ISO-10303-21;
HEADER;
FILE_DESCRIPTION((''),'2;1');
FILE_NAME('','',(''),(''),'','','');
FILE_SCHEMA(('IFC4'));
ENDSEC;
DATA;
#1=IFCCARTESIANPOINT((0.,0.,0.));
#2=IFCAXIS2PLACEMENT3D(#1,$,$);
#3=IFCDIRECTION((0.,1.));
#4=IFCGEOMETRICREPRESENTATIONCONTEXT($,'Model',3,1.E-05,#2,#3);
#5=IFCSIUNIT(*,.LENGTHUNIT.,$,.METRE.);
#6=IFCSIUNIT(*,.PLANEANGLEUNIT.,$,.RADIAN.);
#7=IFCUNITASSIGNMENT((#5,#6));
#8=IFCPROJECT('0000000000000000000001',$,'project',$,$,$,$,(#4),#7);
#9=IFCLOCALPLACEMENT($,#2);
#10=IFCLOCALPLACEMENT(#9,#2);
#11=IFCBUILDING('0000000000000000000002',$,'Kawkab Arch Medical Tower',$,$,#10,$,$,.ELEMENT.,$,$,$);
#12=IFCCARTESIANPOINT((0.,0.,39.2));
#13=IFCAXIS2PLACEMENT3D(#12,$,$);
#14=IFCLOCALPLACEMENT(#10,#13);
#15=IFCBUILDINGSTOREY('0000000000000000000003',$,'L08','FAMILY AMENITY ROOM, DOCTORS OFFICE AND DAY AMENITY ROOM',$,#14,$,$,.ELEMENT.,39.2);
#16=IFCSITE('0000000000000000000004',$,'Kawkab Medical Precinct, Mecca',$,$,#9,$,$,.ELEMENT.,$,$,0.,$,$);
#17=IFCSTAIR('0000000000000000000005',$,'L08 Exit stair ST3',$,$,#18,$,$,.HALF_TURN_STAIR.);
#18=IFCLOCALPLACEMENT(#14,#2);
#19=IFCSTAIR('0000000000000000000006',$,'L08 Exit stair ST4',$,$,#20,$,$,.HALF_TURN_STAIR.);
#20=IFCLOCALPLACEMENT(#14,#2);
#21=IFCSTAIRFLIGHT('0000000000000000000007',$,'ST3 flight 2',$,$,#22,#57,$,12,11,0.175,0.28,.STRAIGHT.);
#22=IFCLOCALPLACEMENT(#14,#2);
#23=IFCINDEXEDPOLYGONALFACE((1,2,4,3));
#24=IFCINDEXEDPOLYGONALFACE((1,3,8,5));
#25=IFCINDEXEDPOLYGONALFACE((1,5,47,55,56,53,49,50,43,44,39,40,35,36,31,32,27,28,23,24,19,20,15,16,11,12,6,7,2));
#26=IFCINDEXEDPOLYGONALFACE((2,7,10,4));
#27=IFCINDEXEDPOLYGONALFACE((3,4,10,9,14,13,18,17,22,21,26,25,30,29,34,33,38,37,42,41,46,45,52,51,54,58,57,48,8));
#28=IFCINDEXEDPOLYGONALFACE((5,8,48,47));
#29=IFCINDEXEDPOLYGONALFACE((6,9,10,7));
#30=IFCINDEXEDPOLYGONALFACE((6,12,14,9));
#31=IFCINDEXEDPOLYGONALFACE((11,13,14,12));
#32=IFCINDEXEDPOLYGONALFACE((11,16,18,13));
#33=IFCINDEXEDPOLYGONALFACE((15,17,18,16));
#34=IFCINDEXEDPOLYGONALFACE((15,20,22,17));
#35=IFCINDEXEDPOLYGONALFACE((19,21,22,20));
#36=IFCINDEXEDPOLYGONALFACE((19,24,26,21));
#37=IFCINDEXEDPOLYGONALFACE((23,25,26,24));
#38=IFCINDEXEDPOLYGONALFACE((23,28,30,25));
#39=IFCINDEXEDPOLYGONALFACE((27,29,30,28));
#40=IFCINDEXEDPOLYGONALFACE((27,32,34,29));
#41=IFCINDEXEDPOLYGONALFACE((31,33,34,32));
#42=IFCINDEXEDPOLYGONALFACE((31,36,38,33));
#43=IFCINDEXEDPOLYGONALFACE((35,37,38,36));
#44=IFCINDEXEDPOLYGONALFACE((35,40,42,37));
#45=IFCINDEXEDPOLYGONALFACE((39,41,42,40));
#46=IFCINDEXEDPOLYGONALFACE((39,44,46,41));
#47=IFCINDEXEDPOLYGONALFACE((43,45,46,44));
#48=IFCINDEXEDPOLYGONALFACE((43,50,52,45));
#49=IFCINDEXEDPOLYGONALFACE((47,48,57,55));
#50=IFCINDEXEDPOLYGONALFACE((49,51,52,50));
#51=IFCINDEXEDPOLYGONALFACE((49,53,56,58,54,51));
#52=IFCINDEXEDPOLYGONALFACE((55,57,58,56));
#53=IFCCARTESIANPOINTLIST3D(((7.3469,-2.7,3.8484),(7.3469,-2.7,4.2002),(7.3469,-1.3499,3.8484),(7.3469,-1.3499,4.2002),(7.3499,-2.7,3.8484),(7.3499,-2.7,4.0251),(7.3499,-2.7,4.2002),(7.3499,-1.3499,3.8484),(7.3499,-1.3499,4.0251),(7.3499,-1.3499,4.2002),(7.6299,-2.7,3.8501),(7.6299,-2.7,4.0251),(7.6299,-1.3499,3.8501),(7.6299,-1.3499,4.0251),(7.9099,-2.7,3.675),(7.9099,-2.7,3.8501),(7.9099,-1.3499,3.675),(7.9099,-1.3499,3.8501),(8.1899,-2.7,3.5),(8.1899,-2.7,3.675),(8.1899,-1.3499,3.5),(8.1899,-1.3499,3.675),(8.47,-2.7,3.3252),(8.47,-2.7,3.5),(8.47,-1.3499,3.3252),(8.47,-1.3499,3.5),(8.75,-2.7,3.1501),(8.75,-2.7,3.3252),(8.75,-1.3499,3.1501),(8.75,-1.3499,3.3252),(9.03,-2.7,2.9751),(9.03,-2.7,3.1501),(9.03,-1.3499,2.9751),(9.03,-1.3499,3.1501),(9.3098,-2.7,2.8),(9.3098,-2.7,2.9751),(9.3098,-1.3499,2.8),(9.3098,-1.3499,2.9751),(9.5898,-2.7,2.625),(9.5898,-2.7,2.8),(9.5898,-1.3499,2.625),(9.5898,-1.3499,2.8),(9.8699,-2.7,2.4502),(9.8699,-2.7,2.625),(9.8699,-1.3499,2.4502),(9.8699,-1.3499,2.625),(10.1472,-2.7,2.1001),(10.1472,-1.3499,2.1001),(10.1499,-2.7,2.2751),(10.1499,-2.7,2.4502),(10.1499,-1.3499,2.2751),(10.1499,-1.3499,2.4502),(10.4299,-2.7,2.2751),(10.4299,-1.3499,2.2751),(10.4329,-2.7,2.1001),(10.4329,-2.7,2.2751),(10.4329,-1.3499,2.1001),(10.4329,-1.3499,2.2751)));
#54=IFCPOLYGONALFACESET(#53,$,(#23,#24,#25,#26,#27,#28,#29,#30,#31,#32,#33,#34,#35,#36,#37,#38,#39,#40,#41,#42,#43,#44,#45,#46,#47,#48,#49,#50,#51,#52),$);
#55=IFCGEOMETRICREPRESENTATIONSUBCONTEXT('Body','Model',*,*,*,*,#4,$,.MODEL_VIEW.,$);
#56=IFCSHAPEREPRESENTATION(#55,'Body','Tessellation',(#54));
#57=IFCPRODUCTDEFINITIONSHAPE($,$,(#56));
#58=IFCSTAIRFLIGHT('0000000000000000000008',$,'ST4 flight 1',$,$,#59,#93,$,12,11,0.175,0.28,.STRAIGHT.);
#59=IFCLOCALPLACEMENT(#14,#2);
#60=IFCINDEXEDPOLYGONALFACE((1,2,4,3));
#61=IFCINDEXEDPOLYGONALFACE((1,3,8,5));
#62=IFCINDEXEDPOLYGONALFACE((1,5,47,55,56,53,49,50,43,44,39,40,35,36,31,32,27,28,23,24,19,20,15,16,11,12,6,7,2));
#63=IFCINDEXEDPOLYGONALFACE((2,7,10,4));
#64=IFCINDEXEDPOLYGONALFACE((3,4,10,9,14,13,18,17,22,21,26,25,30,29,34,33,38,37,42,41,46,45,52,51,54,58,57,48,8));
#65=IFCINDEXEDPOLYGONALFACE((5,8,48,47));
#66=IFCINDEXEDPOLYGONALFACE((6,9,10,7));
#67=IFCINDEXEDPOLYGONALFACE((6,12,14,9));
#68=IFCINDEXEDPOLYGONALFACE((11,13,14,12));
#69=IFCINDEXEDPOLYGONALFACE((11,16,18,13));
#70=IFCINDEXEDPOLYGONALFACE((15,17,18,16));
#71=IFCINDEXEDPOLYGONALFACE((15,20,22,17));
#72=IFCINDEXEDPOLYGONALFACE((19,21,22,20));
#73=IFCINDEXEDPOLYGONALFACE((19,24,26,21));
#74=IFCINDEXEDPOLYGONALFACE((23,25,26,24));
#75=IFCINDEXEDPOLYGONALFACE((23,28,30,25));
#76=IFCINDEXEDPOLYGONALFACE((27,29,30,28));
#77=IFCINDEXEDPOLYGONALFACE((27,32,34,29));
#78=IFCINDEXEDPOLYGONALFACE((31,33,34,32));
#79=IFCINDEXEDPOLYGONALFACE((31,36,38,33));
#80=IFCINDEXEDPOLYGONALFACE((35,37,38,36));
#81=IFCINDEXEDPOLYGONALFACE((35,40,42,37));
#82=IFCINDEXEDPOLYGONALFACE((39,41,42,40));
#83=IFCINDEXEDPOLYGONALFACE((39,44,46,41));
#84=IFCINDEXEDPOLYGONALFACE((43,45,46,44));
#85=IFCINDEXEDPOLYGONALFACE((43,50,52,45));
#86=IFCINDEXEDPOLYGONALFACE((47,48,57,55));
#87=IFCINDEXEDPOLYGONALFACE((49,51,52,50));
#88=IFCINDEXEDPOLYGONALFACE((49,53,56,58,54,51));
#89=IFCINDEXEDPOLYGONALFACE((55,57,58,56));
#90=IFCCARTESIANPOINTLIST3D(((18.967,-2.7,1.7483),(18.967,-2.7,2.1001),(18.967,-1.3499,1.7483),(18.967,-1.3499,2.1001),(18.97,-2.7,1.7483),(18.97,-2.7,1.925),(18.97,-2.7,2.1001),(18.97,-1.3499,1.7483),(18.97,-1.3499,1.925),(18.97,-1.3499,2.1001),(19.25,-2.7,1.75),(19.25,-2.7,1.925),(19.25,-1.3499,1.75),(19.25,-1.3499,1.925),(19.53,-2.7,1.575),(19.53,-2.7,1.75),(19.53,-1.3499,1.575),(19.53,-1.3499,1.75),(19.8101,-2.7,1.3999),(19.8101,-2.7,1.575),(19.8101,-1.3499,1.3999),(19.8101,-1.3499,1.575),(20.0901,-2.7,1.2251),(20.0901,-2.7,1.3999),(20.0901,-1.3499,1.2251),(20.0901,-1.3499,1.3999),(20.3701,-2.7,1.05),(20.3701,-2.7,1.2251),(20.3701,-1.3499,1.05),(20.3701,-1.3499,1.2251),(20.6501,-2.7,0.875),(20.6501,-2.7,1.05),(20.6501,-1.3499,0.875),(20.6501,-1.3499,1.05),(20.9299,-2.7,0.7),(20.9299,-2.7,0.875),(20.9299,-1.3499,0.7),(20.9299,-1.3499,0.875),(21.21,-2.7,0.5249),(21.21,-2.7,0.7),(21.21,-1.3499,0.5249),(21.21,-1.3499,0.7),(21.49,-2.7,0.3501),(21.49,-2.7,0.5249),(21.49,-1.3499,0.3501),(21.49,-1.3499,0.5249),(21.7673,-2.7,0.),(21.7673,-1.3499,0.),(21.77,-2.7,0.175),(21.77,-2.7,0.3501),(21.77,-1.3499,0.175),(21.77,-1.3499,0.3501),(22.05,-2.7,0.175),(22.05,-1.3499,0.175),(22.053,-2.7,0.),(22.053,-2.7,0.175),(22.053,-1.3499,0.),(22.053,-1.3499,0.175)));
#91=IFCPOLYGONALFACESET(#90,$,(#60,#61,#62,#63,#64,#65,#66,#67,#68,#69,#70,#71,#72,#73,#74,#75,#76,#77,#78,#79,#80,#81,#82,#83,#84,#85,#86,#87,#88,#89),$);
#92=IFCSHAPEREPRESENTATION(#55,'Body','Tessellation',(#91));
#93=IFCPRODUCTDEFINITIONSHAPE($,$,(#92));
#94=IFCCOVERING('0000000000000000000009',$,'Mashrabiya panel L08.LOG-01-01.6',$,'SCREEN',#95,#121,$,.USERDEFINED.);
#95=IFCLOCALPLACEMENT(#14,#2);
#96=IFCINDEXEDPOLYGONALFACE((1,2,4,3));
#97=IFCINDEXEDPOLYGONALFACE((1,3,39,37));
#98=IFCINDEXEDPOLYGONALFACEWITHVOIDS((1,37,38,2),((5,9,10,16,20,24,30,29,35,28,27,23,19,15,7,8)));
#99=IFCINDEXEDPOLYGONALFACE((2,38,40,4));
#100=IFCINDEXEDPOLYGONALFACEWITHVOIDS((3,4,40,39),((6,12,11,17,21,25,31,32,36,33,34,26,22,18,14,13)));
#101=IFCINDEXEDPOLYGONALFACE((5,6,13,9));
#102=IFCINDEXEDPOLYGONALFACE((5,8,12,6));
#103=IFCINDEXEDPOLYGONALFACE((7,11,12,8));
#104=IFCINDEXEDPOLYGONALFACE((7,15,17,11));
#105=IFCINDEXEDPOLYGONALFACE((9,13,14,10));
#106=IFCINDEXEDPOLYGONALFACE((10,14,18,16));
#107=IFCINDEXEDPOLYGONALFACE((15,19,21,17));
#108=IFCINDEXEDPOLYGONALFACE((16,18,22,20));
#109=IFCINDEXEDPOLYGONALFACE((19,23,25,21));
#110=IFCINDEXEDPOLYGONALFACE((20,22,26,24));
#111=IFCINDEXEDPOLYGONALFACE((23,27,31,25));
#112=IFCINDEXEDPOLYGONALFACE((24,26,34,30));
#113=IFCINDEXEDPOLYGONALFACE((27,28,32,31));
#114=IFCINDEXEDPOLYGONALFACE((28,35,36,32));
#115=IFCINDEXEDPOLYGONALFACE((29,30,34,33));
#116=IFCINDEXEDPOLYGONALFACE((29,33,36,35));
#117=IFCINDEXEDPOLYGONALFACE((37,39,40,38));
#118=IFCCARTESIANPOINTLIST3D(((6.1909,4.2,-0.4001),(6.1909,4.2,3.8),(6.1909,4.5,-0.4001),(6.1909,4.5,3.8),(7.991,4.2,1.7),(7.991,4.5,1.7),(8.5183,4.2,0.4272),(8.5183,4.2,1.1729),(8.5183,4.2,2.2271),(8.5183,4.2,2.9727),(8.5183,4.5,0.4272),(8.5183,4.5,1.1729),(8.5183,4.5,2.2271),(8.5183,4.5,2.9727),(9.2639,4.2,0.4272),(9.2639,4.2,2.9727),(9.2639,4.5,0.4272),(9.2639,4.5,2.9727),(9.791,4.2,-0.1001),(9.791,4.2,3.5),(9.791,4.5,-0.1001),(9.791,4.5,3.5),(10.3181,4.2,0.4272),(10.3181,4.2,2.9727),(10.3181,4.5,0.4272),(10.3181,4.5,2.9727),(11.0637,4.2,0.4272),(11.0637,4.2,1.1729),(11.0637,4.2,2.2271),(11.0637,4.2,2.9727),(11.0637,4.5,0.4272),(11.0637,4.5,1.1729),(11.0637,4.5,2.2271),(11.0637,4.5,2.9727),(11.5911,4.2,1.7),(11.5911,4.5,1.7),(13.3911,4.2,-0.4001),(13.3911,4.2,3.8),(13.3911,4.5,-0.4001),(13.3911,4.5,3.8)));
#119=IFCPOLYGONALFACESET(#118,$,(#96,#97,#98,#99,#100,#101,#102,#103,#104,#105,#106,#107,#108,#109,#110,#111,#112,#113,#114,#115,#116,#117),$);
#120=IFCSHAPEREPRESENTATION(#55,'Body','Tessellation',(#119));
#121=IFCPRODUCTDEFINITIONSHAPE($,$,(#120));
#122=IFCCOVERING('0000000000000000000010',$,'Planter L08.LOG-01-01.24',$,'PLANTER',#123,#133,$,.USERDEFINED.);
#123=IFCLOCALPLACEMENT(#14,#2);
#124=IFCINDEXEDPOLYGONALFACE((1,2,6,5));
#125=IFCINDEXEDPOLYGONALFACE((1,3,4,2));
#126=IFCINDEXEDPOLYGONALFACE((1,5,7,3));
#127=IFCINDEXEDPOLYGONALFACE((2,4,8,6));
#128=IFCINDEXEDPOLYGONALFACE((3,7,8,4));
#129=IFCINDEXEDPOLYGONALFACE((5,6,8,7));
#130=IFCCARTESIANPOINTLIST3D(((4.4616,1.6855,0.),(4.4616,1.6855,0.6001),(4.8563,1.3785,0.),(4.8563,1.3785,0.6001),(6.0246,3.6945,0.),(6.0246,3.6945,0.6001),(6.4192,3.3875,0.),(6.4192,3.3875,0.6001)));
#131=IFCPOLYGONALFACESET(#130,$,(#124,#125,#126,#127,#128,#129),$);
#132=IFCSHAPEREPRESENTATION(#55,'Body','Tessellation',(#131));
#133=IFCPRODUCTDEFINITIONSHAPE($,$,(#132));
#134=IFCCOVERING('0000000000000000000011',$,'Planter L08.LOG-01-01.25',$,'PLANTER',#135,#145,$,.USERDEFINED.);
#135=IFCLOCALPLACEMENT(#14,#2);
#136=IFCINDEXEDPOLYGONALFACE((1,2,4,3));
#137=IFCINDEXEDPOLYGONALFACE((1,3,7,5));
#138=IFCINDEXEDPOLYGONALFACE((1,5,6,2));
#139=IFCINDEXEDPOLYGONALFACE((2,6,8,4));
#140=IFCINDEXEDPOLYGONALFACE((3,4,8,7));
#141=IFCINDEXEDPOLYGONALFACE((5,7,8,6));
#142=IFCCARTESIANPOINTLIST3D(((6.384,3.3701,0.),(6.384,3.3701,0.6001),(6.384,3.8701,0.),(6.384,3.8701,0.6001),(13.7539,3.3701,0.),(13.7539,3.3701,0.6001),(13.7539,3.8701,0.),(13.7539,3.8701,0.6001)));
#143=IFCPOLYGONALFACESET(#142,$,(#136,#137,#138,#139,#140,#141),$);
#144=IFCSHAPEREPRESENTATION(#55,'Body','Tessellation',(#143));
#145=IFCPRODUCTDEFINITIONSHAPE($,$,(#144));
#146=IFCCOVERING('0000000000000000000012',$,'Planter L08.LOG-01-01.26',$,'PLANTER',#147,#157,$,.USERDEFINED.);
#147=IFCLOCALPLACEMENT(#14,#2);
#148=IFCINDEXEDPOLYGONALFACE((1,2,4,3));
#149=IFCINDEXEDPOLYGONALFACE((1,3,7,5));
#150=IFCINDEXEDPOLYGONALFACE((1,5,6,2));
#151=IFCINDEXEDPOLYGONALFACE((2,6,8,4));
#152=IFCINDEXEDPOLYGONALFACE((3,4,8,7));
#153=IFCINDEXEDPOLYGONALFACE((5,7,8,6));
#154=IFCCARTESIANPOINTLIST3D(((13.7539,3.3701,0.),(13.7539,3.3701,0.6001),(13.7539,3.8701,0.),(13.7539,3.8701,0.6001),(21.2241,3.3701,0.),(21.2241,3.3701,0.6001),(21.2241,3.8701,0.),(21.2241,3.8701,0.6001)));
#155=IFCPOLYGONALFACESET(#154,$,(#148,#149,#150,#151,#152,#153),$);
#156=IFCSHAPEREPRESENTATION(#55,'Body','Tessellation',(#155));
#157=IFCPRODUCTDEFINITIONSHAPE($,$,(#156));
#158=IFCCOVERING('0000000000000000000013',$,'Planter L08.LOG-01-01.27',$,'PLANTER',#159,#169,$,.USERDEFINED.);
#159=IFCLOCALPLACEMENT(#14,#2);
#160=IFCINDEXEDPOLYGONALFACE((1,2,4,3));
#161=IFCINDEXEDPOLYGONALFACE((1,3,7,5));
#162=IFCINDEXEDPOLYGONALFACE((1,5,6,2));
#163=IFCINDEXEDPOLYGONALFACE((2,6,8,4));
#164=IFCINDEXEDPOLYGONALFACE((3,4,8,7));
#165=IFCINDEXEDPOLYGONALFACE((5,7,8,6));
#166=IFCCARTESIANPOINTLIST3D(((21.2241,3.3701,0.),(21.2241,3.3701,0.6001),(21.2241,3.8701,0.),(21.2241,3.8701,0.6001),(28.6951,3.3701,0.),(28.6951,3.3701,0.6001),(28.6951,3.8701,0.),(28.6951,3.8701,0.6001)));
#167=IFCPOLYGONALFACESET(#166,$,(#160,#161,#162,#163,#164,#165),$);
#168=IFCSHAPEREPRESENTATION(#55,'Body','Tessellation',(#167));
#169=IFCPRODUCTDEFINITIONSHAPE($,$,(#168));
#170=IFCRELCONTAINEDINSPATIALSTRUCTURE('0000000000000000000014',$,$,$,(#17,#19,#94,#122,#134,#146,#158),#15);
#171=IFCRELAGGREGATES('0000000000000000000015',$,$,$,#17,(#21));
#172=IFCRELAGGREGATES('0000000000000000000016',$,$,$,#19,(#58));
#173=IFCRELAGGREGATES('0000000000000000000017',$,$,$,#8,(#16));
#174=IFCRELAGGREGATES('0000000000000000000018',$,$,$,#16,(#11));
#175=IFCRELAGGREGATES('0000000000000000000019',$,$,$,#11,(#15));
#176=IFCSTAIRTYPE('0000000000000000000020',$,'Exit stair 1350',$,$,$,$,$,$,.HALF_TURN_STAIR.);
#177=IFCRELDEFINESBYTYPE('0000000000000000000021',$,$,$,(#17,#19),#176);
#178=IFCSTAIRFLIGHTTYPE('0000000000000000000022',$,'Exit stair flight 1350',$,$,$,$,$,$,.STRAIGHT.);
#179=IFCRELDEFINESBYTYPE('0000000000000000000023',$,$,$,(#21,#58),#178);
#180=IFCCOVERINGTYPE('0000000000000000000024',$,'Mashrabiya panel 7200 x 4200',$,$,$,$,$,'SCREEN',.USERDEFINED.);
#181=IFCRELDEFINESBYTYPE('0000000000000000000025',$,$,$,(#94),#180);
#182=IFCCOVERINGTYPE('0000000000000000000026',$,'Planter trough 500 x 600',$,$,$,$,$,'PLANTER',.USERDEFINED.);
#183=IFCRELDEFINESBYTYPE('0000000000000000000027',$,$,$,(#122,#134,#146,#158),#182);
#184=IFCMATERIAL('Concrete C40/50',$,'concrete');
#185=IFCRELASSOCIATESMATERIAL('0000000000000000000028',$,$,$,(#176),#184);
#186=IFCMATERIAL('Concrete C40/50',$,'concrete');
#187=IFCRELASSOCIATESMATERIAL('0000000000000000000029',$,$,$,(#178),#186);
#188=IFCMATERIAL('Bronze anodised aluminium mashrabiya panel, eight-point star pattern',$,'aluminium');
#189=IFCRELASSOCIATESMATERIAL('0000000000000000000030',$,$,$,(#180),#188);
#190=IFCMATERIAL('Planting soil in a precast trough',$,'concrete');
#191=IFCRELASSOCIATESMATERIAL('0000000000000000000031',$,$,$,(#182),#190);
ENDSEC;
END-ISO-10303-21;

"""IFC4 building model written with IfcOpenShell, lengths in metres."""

from ifc_helpers import new_model, si_unit, direction, frame, origin, origin_2d, place, context, subcontext, project, spatial, polyline, rectangle, outline, extrude, material, material_profile, profile_set, type_object, element, aggregate, save


model = new_model("IFC4")

# Units and contexts
model_context = context("Model", 3, precision=1e-05, world=origin(), true_north=direction((0.0, 1.0)))
body_context = subcontext(model_context, "Body", "Model", "MODEL_VIEW")
ifc_project = project(units=[si_unit("LENGTHUNIT", "METRE"), si_unit("PLANEANGLEUNIT", "RADIAN")], contexts=[model_context])

# Site, building, storey
site_placement = place(None, origin())
site = spatial("IfcSite", under=ifc_project, at=site_placement, Name="Kawkab Medical Precinct, Mecca", CompositionType="ELEMENT", RefElevation=0.0)
building_placement = place(site_placement, origin())
building = spatial("IfcBuilding", under=site, at=building_placement, Name="Kawkab Arch Medical Tower", CompositionType="ELEMENT")
storey_placement = place(building_placement, frame((0.0, 0.0, 39.2)))
storey = spatial("IfcBuildingStorey", under=building, at=storey_placement, Name="L08", Description="FAMILY AMENITY ROOM, DOCTORS OFFICE AND DAY AMENITY ROOM", CompositionType="ELEMENT", Elevation=39.2)

# Shared definitions
placement_1 = place(storey_placement, origin())

# Stairs
ifc_material_1 = material(Name="Concrete C40/50", Category="concrete")
stair_type = type_object("IfcStairType", Name="Exit stair 1350", PredefinedType="HALF_TURN_STAIR", material=ifc_material_1)
stair_1 = element("IfcStair", 1, at=placement_1, inside=storey, type_object=stair_type, Name="L08 Exit stair ST3", PredefinedType="HALF_TURN_STAIR")
stair_2 = element("IfcStair", 2, at=placement_1, inside=storey, type_object=stair_type, Name="L08 Exit stair ST4", PredefinedType="HALF_TURN_STAIR")

# Stair flights
ifc_material_2 = material(Name="Concrete C40/50", Category="concrete")
stair_flight_type = type_object("IfcStairFlightType", Name="Exit stair flight 1350", PredefinedType="STRAIGHT", material=ifc_material_2)
stair_flight_1_placement = place(storey_placement, frame((10.4299, -2.0249, 2.1001), z_axis=(0.0, 0.0, 1.0), x_axis=(-1.0, 0.0, 0.0)))
stair_flight_1 = element("IfcStairFlight", 3, at=stair_flight_1_placement, type_object=stair_flight_type, Name="ST3 flight 2", NumberOfRisers=12, NumberOfTreads=11, PredefinedType="STRAIGHT", RiserHeight=0.175, TreadLength=0.28, context=body_context, shape_type="SweptSolid", body=[
    extrude(outline(polyline([(-0.0029, 0.0), (-0.0029, 0.175), (0.0, 0.175), (0.28, 0.175), (0.28, 0.3501), (0.5601, 0.3501), (0.5601, 0.5249), (0.8401, 0.5249), (0.8401, 0.7), (1.1201, 0.7), (1.1201, 0.875), (1.3999, 0.875), (1.3999, 1.05), (1.6799, 1.05), (1.6799, 1.2251), (1.96, 1.2251), (1.96, 1.3999), (2.24, 1.3999), (2.24, 1.575), (2.52, 1.575), (2.52, 1.75), (2.8, 1.75), (2.8, 1.925), (3.0801, 1.925), (3.0801, 2.1001), (3.083, 2.1001), (3.083, 1.7483), (3.0801, 1.7483), (0.2827, 0.0), (-0.0029, 0.0)])), frame((0.0, 0.675, 0.0), z_axis=(0.0, -1.0, 0.0), x_axis=(1.0, 0.0, 0.0)), (0.0, 0.0, 1.0), 1.3501),
])
aggregate(stair_1, [stair_flight_1])
stair_flight_2_placement = place(storey_placement, frame((22.05, -2.0249, 0.0), z_axis=(0.0, 0.0, 1.0), x_axis=(-1.0, 0.0, 0.0)))
stair_flight_2 = element("IfcStairFlight", 4, at=stair_flight_2_placement, type_object=stair_flight_type, Name="ST4 flight 1", NumberOfRisers=12, NumberOfTreads=11, PredefinedType="STRAIGHT", RiserHeight=0.175, TreadLength=0.28, context=body_context, shape_type="SweptSolid", body=[
    extrude(outline(polyline([(-0.0029, 0.0), (-0.0029, 0.175), (0.0, 0.175), (0.28, 0.175), (0.28, 0.3501), (0.5601, 0.3501), (0.5601, 0.5249), (0.8401, 0.5249), (0.8401, 0.7), (1.1201, 0.7), (1.1201, 0.875), (1.3999, 0.875), (1.3999, 1.05), (1.6799, 1.05), (1.6799, 1.2251), (1.96, 1.2251), (1.96, 1.3999), (2.24, 1.3999), (2.24, 1.575), (2.52, 1.575), (2.52, 1.75), (2.8, 1.75), (2.8, 1.925), (3.0801, 1.925), (3.0801, 2.1001), (3.083, 2.1001), (3.083, 1.7483), (3.0801, 1.7483), (0.2827, 0.0), (-0.0029, 0.0)])), frame((0.0, 0.675, 0.0), z_axis=(0.0, -1.0, 0.0), x_axis=(1.0, 0.0, 0.0)), (0.0, 0.0, 1.0), 1.3501),
])
aggregate(stair_2, [stair_flight_2])

# Coverings
ifc_material_3 = material(Name="Bronze anodised aluminium mashrabiya panel, eight-point star pattern", Category="aluminium")
ifc_material_profile_1 = material_profile(ifc_material_3, outline(polyline([(-3.6001, -2.1001), (3.6001, -2.1001), (3.6001, 2.1001), (-3.6001, 2.1001), (-3.6001, -2.1001)]), holes=[polyline([(1.8, 0.0), (1.2727, 0.5271), (1.2727, 1.2727), (0.5271, 1.2727), (0.0, 1.8), (-0.5271, 1.2727), (-1.2727, 1.2727), (-1.2727, 0.5271), (-1.8, 0.0), (-1.2727, -0.5271), (-1.2727, -1.2727), (-0.5271, -1.2727), (0.0, -1.8), (0.5271, -1.2727), (1.2727, -1.2727), (1.2727, -0.5271), (1.8, 0.0)])]), Name="Mashrabiya panel 7200x4200")
ifc_profile_set_1 = profile_set([ifc_material_profile_1], Name="Bronze anodised aluminium mashrabiya panel, eight-point star pattern")
covering_type_1 = type_object("IfcCoveringType", Name="Mashrabiya panel 7200 x 4200", ElementType="SCREEN", PredefinedType="USERDEFINED", material=ifc_profile_set_1)
covering_1_placement = place(storey_placement, frame((9.791, 4.2, 1.7), z_axis=(0.0, 1.0, 0.0), x_axis=(-1.0, 0.0, 0.0)))
element("IfcCovering", 5, at=covering_1_placement, inside=storey, type_object=covering_type_1, Name="Mashrabiya panel L08.LOG-01-01.6", ObjectType="SCREEN", PredefinedType="USERDEFINED", context=body_context, shape_type="SweptSolid", body=[
    extrude(outline(polyline([(-3.6001, -2.1001), (3.6001, -2.1001), (3.6001, 2.1001), (-3.6001, 2.1001), (-3.6001, -2.1001)]), holes=[polyline([(1.8, 0.0), (1.2727, 0.5271), (1.2727, 1.2727), (0.5271, 1.2727), (0.0, 1.8), (-0.5271, 1.2727), (-1.2727, 1.2727), (-1.2727, 0.5271), (-1.8, 0.0), (-1.2727, -0.5271), (-1.2727, -1.2727), (-0.5271, -1.2727), (0.0, -1.8), (0.5271, -1.2727), (1.2727, -1.2727), (1.2727, -0.5271), (1.8, 0.0)])]), origin(), (0.0, 0.0, 1.0), 0.3),
])
ifc_material_4 = material(Name="Planting soil in a precast trough", Category="concrete")
ifc_material_profile_2 = material_profile(ifc_material_4, rectangle(XDim=0.5, YDim=0.6001, at=origin_2d()), Name="Trough 500x600")
ifc_profile_set_2 = profile_set([ifc_material_profile_2], Name="Planting soil in a precast trough")
covering_type_2 = type_object("IfcCoveringType", Name="Planter trough 500 x 600", ElementType="PLANTER", PredefinedType="USERDEFINED", material=ifc_profile_set_2)
covering_2_placement = place(storey_placement, frame((4.6589, 1.532, 0.3), z_axis=(0.61404, 0.789275, 0.0), x_axis=(-0.789275, 0.61404, 0.0)))
element("IfcCovering", 6, at=covering_2_placement, inside=storey, type_object=covering_type_2, Name="Planter L08.LOG-01-01.24", ObjectType="PLANTER", PredefinedType="USERDEFINED", context=body_context, shape_type="SweptSolid", body=[
    extrude(rectangle(XDim=0.5, YDim=0.6001, at=origin_2d()), origin(), (0.0, 0.0, 1.0), 2.5454),
])
covering_3_placement = place(storey_placement, frame((6.384, 3.6201, 0.3), z_axis=(1.0, 0.0, 0.0), x_axis=(0.0, 1.0, 0.0)))
element("IfcCovering", 7, at=covering_3_placement, inside=storey, type_object=covering_type_2, Name="Planter L08.LOG-01-01.25", ObjectType="PLANTER", PredefinedType="USERDEFINED", context=body_context, shape_type="SweptSolid", body=[
    extrude(rectangle(XDim=0.5, YDim=0.6001, at=origin_2d()), origin(), (0.0, 0.0, 1.0), 7.3699),
])
covering_4_placement = place(storey_placement, frame((13.7539, 3.6201, 0.3), z_axis=(1.0, 0.0, 0.0), x_axis=(0.0, 1.0, 0.0)))
element("IfcCovering", 8, at=covering_4_placement, inside=storey, type_object=covering_type_2, Name="Planter L08.LOG-01-01.26", ObjectType="PLANTER", PredefinedType="USERDEFINED", context=body_context, shape_type="SweptSolid", body=[
    extrude(rectangle(XDim=0.5, YDim=0.6001, at=origin_2d()), origin(), (0.0, 0.0, 1.0), 7.4702),
])
covering_5_placement = place(storey_placement, frame((21.2241, 3.6201, 0.3), z_axis=(1.0, 0.0, 0.0), x_axis=(0.0, 1.0, 0.0)))
element("IfcCovering", 9, at=covering_5_placement, inside=storey, type_object=covering_type_2, Name="Planter L08.LOG-01-01.27", ObjectType="PLANTER", PredefinedType="USERDEFINED", context=body_context, shape_type="SweptSolid", body=[
    extrude(rectangle(XDim=0.5, YDim=0.6001, at=origin_2d()), origin(), (0.0, 0.0, 1.0), 7.4709),
])

save(model, "model.ifc")
